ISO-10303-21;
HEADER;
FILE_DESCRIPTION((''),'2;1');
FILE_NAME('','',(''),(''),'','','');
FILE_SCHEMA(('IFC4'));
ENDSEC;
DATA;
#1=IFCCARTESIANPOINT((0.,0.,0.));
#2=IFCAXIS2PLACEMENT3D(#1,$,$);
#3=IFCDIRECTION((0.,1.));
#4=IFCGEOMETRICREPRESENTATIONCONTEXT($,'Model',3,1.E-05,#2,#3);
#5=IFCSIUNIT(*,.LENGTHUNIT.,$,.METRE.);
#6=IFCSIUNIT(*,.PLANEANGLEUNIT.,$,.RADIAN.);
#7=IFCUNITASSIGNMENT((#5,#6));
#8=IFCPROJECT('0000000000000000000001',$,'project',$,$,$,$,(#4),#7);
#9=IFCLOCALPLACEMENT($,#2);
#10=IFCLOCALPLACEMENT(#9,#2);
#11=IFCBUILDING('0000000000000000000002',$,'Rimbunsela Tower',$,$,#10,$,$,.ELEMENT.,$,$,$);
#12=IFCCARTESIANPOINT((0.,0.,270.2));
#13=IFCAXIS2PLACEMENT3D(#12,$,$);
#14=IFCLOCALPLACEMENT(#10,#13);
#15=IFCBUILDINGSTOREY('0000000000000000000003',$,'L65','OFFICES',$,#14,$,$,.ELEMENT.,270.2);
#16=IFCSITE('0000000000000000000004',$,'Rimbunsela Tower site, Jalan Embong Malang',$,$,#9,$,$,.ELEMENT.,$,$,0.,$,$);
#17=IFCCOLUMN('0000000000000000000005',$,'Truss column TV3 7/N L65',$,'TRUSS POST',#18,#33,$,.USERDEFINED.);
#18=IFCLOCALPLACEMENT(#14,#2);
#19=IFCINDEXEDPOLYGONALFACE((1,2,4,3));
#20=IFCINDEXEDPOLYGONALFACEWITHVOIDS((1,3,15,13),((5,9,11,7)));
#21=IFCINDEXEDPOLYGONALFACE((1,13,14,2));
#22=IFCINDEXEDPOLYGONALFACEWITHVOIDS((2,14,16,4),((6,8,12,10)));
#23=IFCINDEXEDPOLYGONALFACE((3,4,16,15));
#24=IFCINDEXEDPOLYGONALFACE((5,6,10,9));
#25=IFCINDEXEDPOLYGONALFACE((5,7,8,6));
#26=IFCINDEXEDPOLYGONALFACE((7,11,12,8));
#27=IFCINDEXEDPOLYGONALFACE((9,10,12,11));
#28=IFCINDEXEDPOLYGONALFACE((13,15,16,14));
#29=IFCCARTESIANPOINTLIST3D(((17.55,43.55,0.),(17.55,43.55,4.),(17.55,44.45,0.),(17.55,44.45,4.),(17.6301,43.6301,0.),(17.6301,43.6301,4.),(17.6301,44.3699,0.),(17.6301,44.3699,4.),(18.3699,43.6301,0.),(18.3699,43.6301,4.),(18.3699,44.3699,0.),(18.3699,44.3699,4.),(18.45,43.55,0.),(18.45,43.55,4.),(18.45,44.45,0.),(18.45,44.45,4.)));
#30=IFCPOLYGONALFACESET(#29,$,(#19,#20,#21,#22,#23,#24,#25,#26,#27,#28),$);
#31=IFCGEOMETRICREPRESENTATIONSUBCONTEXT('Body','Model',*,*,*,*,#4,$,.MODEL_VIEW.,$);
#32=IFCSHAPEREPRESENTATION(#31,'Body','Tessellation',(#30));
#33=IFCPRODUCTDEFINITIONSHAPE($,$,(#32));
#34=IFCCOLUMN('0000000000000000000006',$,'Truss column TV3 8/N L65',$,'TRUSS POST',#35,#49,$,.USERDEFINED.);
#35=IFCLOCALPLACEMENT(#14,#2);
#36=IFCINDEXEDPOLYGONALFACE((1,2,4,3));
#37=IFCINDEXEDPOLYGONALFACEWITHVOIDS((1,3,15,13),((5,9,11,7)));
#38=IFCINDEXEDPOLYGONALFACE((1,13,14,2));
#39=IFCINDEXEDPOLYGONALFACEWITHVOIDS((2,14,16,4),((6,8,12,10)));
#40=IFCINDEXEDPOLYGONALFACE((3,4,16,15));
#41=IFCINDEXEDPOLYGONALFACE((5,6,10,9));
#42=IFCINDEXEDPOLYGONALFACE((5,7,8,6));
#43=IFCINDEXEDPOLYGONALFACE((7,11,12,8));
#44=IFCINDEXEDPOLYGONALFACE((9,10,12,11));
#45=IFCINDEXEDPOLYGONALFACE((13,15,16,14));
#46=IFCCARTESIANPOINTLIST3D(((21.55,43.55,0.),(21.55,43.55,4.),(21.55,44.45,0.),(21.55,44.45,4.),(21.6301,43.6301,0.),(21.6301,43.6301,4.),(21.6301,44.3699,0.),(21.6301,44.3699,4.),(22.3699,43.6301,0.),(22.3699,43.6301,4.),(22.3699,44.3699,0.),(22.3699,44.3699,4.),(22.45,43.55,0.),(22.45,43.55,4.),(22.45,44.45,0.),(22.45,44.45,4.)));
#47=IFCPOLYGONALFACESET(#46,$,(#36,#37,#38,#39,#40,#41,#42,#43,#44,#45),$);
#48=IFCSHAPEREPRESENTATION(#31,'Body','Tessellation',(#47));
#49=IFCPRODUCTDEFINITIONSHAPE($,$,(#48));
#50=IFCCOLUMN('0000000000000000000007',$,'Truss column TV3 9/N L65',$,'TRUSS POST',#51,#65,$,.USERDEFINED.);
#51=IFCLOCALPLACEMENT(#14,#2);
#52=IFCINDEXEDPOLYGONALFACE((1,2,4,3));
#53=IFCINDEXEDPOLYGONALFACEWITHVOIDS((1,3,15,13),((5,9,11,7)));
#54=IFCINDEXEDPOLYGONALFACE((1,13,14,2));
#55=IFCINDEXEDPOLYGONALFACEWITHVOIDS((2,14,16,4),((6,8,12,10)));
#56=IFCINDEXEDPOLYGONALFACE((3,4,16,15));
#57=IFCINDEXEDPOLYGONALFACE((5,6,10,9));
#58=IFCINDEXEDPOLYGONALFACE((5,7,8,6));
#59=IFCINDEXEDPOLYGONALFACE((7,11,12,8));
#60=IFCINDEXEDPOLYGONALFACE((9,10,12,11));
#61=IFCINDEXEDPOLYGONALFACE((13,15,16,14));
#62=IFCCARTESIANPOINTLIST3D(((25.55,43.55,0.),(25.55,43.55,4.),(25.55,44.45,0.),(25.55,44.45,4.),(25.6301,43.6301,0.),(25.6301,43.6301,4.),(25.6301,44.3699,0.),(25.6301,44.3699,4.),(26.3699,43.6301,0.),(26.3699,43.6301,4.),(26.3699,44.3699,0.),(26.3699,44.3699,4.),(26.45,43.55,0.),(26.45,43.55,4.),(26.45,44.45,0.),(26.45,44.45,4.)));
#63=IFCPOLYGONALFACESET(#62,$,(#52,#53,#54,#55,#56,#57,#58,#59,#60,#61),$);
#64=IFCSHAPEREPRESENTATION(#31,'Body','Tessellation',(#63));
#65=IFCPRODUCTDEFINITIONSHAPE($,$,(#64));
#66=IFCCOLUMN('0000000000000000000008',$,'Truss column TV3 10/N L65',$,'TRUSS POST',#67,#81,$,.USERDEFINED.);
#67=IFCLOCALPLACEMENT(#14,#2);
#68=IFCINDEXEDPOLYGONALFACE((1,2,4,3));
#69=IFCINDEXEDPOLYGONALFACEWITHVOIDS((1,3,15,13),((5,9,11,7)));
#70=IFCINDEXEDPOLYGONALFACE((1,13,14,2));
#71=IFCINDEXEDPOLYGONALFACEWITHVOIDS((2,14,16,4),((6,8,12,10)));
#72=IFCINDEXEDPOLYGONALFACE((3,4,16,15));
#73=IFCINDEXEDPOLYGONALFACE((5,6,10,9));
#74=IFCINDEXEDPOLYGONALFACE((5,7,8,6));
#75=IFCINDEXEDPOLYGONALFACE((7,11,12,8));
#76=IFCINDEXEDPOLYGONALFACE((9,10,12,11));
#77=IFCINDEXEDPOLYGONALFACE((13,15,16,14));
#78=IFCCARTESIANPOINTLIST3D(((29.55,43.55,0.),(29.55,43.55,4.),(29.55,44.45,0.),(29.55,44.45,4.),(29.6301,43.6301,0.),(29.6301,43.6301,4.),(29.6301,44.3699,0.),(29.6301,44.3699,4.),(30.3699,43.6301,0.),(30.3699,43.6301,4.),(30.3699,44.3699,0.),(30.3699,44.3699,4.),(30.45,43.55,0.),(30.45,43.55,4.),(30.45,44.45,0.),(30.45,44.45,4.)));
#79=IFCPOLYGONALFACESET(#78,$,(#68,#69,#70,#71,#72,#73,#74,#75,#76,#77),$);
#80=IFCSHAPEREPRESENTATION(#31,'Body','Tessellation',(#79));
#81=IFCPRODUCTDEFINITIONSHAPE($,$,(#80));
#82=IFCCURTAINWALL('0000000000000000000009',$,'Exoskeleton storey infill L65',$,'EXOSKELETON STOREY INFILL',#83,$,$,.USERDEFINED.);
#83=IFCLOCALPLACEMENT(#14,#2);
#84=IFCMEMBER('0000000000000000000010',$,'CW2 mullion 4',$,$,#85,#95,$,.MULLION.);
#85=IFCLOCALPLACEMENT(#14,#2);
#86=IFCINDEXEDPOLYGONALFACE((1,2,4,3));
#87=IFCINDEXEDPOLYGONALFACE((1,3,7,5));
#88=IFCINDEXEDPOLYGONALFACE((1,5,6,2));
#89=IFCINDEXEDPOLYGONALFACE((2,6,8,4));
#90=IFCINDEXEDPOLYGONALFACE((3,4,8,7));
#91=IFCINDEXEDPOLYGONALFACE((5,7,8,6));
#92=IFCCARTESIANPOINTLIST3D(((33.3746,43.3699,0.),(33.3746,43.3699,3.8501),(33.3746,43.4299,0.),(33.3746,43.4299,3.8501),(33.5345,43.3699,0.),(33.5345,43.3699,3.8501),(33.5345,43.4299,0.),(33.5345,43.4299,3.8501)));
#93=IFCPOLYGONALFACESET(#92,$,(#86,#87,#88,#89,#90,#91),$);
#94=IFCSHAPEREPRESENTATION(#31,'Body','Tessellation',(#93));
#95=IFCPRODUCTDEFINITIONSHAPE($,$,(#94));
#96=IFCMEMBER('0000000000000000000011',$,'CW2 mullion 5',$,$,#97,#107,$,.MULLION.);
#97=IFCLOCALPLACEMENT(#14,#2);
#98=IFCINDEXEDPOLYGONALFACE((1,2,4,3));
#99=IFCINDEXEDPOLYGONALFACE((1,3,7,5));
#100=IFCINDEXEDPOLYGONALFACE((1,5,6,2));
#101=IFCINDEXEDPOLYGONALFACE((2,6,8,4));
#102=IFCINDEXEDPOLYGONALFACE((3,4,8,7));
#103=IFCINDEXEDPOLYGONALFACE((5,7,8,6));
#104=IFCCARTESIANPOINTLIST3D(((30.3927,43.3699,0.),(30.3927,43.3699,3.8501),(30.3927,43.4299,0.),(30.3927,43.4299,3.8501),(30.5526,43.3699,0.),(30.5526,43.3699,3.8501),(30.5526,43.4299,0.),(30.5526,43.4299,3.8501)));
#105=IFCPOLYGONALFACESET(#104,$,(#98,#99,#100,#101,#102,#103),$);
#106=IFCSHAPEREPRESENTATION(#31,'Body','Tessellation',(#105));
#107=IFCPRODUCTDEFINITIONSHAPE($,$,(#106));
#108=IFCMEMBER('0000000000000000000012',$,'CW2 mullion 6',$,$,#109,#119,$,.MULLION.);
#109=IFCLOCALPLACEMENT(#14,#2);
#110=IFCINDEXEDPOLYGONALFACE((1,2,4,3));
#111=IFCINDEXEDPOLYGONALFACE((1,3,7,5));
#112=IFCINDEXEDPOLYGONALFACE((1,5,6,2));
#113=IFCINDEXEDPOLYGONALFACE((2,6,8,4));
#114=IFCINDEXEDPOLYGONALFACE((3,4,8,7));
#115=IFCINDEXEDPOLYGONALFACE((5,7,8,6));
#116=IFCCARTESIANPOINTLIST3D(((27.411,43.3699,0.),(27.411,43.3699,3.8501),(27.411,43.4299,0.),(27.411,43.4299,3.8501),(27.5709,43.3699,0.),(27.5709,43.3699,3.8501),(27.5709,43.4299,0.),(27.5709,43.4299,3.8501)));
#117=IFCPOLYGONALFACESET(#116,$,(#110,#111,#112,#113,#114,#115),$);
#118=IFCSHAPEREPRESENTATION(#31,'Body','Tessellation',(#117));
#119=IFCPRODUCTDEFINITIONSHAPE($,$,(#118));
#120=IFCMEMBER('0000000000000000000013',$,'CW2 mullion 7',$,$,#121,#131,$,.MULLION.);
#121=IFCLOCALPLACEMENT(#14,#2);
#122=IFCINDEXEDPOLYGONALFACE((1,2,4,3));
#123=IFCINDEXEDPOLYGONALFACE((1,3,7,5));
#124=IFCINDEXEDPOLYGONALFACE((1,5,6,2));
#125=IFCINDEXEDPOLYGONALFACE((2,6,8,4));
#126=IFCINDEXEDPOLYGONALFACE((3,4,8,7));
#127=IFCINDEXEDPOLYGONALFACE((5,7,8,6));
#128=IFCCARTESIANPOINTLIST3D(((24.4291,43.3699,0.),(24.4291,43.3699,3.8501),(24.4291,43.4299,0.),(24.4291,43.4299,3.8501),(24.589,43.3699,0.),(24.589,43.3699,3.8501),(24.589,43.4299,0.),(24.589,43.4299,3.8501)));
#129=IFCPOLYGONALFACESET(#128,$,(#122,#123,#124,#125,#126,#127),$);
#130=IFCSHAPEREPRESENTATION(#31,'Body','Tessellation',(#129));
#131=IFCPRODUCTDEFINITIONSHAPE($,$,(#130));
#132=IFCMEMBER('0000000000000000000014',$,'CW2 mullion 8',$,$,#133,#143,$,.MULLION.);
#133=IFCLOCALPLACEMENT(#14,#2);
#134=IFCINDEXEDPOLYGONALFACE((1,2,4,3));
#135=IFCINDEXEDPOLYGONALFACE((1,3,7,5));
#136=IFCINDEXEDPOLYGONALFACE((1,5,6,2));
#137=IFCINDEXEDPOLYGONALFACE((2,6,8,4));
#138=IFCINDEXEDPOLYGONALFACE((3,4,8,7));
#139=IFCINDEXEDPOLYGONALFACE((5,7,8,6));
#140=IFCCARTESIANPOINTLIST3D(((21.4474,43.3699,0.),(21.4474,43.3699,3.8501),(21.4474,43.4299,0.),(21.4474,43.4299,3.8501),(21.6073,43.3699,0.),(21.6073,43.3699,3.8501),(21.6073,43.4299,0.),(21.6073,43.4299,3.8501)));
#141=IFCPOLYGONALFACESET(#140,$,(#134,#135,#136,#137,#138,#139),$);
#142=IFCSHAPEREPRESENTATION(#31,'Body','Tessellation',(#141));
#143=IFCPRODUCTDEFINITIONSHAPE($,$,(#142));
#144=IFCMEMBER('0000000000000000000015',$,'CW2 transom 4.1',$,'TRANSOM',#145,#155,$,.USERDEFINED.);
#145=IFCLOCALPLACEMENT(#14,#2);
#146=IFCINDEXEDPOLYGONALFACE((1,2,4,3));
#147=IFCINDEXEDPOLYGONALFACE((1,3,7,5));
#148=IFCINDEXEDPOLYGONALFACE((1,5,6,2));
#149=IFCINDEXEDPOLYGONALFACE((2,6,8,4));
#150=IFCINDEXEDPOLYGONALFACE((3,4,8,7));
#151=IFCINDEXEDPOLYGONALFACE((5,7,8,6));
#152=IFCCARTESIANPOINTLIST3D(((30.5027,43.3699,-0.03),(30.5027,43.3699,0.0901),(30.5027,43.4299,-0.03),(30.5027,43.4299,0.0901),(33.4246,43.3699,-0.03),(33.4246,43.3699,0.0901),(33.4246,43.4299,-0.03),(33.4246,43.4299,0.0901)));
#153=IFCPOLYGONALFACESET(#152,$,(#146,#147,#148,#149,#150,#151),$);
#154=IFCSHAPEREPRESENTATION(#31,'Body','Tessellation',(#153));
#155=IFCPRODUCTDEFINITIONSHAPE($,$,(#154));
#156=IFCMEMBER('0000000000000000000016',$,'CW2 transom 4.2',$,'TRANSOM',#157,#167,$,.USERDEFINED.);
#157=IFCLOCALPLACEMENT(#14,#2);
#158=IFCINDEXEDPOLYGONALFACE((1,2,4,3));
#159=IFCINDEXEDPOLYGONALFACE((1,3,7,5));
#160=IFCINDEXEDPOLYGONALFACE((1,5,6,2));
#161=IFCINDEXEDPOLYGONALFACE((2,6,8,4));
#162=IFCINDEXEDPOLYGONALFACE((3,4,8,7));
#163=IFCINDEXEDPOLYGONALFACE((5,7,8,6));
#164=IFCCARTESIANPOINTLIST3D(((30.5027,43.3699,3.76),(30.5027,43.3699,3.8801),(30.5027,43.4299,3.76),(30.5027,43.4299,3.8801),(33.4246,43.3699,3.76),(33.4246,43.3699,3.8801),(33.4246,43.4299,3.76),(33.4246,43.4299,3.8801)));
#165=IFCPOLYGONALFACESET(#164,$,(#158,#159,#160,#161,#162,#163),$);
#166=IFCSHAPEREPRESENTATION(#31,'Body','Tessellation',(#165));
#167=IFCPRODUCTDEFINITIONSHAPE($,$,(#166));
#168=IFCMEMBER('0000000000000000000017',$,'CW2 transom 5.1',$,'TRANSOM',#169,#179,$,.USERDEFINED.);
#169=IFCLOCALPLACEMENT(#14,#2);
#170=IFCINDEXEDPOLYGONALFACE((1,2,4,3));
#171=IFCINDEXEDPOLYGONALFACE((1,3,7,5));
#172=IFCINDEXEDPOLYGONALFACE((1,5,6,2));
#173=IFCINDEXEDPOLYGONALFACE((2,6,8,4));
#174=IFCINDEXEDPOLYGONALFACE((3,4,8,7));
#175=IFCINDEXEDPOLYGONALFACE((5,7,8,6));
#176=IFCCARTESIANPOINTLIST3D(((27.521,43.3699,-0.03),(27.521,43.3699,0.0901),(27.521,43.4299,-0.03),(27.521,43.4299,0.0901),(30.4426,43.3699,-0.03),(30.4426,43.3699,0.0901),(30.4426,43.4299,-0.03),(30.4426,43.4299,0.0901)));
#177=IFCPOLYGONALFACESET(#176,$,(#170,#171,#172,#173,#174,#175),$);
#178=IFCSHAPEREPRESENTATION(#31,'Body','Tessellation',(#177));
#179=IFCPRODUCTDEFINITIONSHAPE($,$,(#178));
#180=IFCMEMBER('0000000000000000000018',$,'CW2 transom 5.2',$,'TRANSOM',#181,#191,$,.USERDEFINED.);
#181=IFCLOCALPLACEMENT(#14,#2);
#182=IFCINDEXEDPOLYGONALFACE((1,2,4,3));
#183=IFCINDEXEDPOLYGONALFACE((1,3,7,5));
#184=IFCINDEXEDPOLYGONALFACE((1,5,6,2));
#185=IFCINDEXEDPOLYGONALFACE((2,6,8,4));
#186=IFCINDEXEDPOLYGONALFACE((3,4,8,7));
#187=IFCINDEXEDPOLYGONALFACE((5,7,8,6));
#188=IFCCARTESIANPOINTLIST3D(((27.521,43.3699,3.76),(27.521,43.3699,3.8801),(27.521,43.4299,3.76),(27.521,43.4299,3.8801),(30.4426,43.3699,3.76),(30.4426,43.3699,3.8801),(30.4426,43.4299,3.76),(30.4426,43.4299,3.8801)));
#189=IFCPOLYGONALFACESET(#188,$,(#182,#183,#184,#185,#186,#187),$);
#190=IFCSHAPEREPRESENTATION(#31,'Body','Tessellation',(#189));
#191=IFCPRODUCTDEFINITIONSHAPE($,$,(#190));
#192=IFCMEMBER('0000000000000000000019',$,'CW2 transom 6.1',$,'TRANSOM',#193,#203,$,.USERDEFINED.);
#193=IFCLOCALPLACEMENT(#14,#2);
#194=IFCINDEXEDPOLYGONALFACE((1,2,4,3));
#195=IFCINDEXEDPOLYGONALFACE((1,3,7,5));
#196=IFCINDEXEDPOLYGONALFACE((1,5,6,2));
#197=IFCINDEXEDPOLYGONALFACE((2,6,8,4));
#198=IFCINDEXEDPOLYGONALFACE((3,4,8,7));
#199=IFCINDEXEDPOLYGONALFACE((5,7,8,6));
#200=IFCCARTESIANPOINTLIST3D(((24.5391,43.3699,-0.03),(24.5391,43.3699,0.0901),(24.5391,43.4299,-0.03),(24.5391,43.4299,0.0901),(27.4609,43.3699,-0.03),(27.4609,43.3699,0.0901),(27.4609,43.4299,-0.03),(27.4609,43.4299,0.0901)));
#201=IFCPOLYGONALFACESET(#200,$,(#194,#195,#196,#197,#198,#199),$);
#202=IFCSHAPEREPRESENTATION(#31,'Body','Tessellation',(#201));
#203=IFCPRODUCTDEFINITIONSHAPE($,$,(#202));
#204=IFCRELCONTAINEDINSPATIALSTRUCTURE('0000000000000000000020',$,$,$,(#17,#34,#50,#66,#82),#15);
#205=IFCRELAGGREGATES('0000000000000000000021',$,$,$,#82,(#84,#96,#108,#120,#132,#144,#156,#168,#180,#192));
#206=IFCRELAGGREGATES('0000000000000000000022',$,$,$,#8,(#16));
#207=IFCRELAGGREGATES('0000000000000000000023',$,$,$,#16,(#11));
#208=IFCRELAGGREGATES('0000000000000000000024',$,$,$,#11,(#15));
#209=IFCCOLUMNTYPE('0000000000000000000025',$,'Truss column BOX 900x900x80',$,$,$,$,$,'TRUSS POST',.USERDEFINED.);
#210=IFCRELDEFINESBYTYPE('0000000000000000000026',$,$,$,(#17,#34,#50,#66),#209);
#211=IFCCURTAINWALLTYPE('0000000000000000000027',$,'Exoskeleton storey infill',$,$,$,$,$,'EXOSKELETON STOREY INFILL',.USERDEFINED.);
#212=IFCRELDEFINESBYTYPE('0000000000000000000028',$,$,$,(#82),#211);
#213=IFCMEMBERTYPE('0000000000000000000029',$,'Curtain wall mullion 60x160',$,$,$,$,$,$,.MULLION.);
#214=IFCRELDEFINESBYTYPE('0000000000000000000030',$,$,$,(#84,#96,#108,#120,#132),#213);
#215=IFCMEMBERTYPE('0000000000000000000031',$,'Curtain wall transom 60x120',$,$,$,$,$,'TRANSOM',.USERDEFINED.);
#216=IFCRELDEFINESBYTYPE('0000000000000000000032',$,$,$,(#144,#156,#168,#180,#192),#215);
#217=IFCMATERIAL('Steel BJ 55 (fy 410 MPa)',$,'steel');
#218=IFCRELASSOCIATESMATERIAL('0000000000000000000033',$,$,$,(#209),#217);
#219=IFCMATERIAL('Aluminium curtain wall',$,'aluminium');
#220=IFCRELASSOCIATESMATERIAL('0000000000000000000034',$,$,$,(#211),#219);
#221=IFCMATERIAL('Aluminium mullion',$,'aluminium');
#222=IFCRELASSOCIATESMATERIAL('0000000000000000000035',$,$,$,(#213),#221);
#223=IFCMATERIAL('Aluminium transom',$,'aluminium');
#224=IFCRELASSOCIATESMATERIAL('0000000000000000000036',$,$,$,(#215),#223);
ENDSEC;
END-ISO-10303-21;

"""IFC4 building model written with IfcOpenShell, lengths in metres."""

from ifc_helpers import new_model, si_unit, direction, frame, origin, origin_2d, place, context, subcontext, project, spatial, rectangle, hollow_rectangle, extrude, material, material_profile, profile_set, type_object, element, aggregate, save


model = new_model("IFC4")

# Units and contexts
model_context = context("Model", 3, precision=1e-05, world=origin(), true_north=direction((0.0, 1.0)))
body_context = subcontext(model_context, "Body", "Model", "MODEL_VIEW")
ifc_project = project(units=[si_unit("LENGTHUNIT", "METRE"), si_unit("PLANEANGLEUNIT", "RADIAN")], contexts=[model_context])

# Site, building, storey
site_placement = place(None, origin())
site = spatial("IfcSite", under=ifc_project, at=site_placement, Name="Rimbunsela Tower site, Jalan Embong Malang", CompositionType="ELEMENT", RefElevation=0.0)
building_placement = place(site_placement, origin())
building = spatial("IfcBuilding", under=site, at=building_placement, Name="Rimbunsela Tower", CompositionType="ELEMENT")
storey_placement = place(building_placement, frame((0.0, 0.0, 270.2)))
storey = spatial("IfcBuildingStorey", under=building, at=storey_placement, Name="L65", Description="OFFICES", CompositionType="ELEMENT", Elevation=270.2)

# Columns
ifc_material_1 = material(Name="Steel BJ 55 (fy 410 MPa)", Category="steel")
ifc_material_profile_1 = material_profile(ifc_material_1, hollow_rectangle(XDim=0.8999, YDim=0.8999, WallThickness=0.0801, at=origin_2d()), Name="BOX 900x900x80")
ifc_profile_set_1 = profile_set([ifc_material_profile_1], Name="Steel BJ 55 (fy 410 MPa)")
column_type = type_object("IfcColumnType", Name="Truss column BOX 900x900x80", ElementType="TRUSS POST", PredefinedType="USERDEFINED", material=ifc_profile_set_1)
for number, where, z_axis, x_axis, name in (
    (1, (18.0, 44.0, 0.0), (0.0, 0.0, 1.0), (1.0, 0.0, 0.0), "Truss column TV3 7/N L65"),
    (2, (22.0, 44.0, 0.0), (0.0, 0.0, 1.0), (1.0, 0.0, 0.0), "Truss column TV3 8/N L65"),
    (3, (26.0, 44.0, 0.0), (0.0, 0.0, 1.0), (1.0, 0.0, 0.0), "Truss column TV3 9/N L65"),
    (4, (30.0, 44.0, 0.0), (0.0, 0.0, 1.0), (1.0, 0.0, 0.0), "Truss column TV3 10/N L65"),
):
    element("IfcColumn", number, at=place(storey_placement, frame(where, z_axis=z_axis, x_axis=x_axis)), inside=storey, type_object=column_type, Name=name, ObjectType="TRUSS POST", PredefinedType="USERDEFINED", context=body_context, shape_type="SweptSolid", body=[
        extrude(hollow_rectangle(XDim=0.8999, YDim=0.8999, WallThickness=0.0801, at=origin_2d()), origin(), (0.0, 0.0, 1.0), 4.0),
    ])

# Curtain wall, members
ifc_material_2 = material(Name="Aluminium curtain wall", Category="aluminium")
curtain_wall_type = type_object("IfcCurtainWallType", Name="Exoskeleton storey infill", ElementType="EXOSKELETON STOREY INFILL", PredefinedType="USERDEFINED", material=ifc_material_2)
curtain_wall_placement = place(storey_placement, origin())
curtain_wall = element("IfcCurtainWall", 5, at=curtain_wall_placement, inside=storey, type_object=curtain_wall_type, Name="Exoskeleton storey infill L65", ObjectType="EXOSKELETON STOREY INFILL", PredefinedType="USERDEFINED")
ifc_material_3 = material(Name="Aluminium mullion", Category="aluminium")
ifc_material_profile_2 = material_profile(ifc_material_3, rectangle(XDim=0.0601, YDim=0.1599, at=origin_2d()), Name="Mullion 60x160")
ifc_profile_set_2 = profile_set([ifc_material_profile_2], Name="Aluminium mullion")
member_type_1 = type_object("IfcMemberType", Name="Curtain wall mullion 60x160", PredefinedType="MULLION", material=ifc_profile_set_2)
member_1_placement = place(storey_placement, frame((33.4546, 43.3999, 0.0), z_axis=(0.0, 0.0, 1.0), x_axis=(0.0, -1.0, 0.0)))
member_1 = element("IfcMember", 6, at=member_1_placement, type_object=member_type_1, Name="CW2 mullion 4", PredefinedType="MULLION", context=body_context, shape_type="SweptSolid", body=[
    extrude(rectangle(XDim=0.0601, YDim=0.1599, at=origin_2d()), origin(), (0.0, 0.0, 1.0), 3.8501),
])
member_2_placement = place(storey_placement, frame((30.4727, 43.3999, 0.0), z_axis=(0.0, 0.0, 1.0), x_axis=(0.0, -1.0, 0.0)))
member_2 = element("IfcMember", 7, at=member_2_placement, type_object=member_type_1, Name="CW2 mullion 5", PredefinedType="MULLION", context=body_context, shape_type="SweptSolid", body=[
    extrude(rectangle(XDim=0.0601, YDim=0.1599, at=origin_2d()), origin(), (0.0, 0.0, 1.0), 3.8501),
])
member_3_placement = place(storey_placement, frame((27.491, 43.3999, 0.0), z_axis=(0.0, 0.0, 1.0), x_axis=(0.0, -1.0, 0.0)))
member_3 = element("IfcMember", 8, at=member_3_placement, type_object=member_type_1, Name="CW2 mullion 6", PredefinedType="MULLION", context=body_context, shape_type="SweptSolid", body=[
    extrude(rectangle(XDim=0.0601, YDim=0.1599, at=origin_2d()), origin(), (0.0, 0.0, 1.0), 3.8501),
])
member_4_placement = place(storey_placement, frame((24.509, 43.3999, 0.0), z_axis=(0.0, 0.0, 1.0), x_axis=(0.0, -1.0, 0.0)))
member_4 = element("IfcMember", 9, at=member_4_placement, type_object=member_type_1, Name="CW2 mullion 7", PredefinedType="MULLION", context=body_context, shape_type="SweptSolid", body=[
    extrude(rectangle(XDim=0.0601, YDim=0.1599, at=origin_2d()), origin(), (0.0, 0.0, 1.0), 3.8501),
])
member_5_placement = place(storey_placement, frame((21.5273, 43.3999, 0.0), z_axis=(0.0, 0.0, 1.0), x_axis=(0.0, -1.0, 0.0)))
member_5 = element("IfcMember", 10, at=member_5_placement, type_object=member_type_1, Name="CW2 mullion 8", PredefinedType="MULLION", context=body_context, shape_type="SweptSolid", body=[
    extrude(rectangle(XDim=0.0601, YDim=0.1599, at=origin_2d()), origin(), (0.0, 0.0, 1.0), 3.8501),
])
ifc_material_4 = material(Name="Aluminium transom", Category="aluminium")
ifc_material_profile_3 = material_profile(ifc_material_4, rectangle(XDim=0.0601, YDim=0.1201, at=origin_2d()), Name="Transom 60x120")
ifc_profile_set_3 = profile_set([ifc_material_profile_3], Name="Aluminium transom")
member_type_2 = type_object("IfcMemberType", Name="Curtain wall transom 60x120", ElementType="TRANSOM", PredefinedType="USERDEFINED", material=ifc_profile_set_3)
member_6_placement = place(storey_placement, frame((33.4246, 43.3999, 0.03), z_axis=(-1.0, 0.0, 0.0), x_axis=(0.0, -1.0, 0.0)))
member_6 = element("IfcMember", 11, at=member_6_placement, type_object=member_type_2, Name="CW2 transom 4.1", ObjectType="TRANSOM", PredefinedType="USERDEFINED", context=body_context, shape_type="SweptSolid", body=[
    extrude(rectangle(XDim=0.0601, YDim=0.1201, at=origin_2d()), origin(), (0.0, 0.0, 1.0), 2.9219),
])
member_7_placement = place(storey_placement, frame((33.4246, 43.3999, 3.8201), z_axis=(-1.0, 0.0, 0.0), x_axis=(0.0, -1.0, 0.0)))
member_7 = element("IfcMember", 12, at=member_7_placement, type_object=member_type_2, Name="CW2 transom 4.2", ObjectType="TRANSOM", PredefinedType="USERDEFINED", context=body_context, shape_type="SweptSolid", body=[
    extrude(rectangle(XDim=0.0601, YDim=0.1201, at=origin_2d()), origin(), (0.0, 0.0, 1.0), 2.9219),
])
member_8_placement = place(storey_placement, frame((30.4426, 43.3999, 0.03), z_axis=(-1.0, 0.0, 0.0), x_axis=(0.0, -1.0, 0.0)))
member_8 = element("IfcMember", 13, at=member_8_placement, type_object=member_type_2, Name="CW2 transom 5.1", ObjectType="TRANSOM", PredefinedType="USERDEFINED", context=body_context, shape_type="SweptSolid", body=[
    extrude(rectangle(XDim=0.0601, YDim=0.1201, at=origin_2d()), origin(), (0.0, 0.0, 1.0), 2.9216),
])
member_9_placement = place(storey_placement, frame((30.4426, 43.3999, 3.8201), z_axis=(-1.0, 0.0, 0.0), x_axis=(0.0, -1.0, 0.0)))
member_9 = element("IfcMember", 14, at=member_9_placement, type_object=member_type_2, Name="CW2 transom 5.2", ObjectType="TRANSOM", PredefinedType="USERDEFINED", context=body_context, shape_type="SweptSolid", body=[
    extrude(rectangle(XDim=0.0601, YDim=0.1201, at=origin_2d()), origin(), (0.0, 0.0, 1.0), 2.9216),
])
member_10_placement = place(storey_placement, frame((27.4609, 43.3999, 0.03), z_axis=(-1.0, 0.0, 0.0), x_axis=(0.0, -1.0, 0.0)))
member_10 = element("IfcMember", 15, at=member_10_placement, type_object=member_type_2, Name="CW2 transom 6.1", ObjectType="TRANSOM", PredefinedType="USERDEFINED", context=body_context, shape_type="SweptSolid", body=[
    extrude(rectangle(XDim=0.0601, YDim=0.1201, at=origin_2d()), origin(), (0.0, 0.0, 1.0), 2.9219),
])

aggregate(curtain_wall, [member_1, member_2, member_3, member_4, member_5, member_6, member_7, member_8, member_9, member_10])

save(model, "model.ifc")
